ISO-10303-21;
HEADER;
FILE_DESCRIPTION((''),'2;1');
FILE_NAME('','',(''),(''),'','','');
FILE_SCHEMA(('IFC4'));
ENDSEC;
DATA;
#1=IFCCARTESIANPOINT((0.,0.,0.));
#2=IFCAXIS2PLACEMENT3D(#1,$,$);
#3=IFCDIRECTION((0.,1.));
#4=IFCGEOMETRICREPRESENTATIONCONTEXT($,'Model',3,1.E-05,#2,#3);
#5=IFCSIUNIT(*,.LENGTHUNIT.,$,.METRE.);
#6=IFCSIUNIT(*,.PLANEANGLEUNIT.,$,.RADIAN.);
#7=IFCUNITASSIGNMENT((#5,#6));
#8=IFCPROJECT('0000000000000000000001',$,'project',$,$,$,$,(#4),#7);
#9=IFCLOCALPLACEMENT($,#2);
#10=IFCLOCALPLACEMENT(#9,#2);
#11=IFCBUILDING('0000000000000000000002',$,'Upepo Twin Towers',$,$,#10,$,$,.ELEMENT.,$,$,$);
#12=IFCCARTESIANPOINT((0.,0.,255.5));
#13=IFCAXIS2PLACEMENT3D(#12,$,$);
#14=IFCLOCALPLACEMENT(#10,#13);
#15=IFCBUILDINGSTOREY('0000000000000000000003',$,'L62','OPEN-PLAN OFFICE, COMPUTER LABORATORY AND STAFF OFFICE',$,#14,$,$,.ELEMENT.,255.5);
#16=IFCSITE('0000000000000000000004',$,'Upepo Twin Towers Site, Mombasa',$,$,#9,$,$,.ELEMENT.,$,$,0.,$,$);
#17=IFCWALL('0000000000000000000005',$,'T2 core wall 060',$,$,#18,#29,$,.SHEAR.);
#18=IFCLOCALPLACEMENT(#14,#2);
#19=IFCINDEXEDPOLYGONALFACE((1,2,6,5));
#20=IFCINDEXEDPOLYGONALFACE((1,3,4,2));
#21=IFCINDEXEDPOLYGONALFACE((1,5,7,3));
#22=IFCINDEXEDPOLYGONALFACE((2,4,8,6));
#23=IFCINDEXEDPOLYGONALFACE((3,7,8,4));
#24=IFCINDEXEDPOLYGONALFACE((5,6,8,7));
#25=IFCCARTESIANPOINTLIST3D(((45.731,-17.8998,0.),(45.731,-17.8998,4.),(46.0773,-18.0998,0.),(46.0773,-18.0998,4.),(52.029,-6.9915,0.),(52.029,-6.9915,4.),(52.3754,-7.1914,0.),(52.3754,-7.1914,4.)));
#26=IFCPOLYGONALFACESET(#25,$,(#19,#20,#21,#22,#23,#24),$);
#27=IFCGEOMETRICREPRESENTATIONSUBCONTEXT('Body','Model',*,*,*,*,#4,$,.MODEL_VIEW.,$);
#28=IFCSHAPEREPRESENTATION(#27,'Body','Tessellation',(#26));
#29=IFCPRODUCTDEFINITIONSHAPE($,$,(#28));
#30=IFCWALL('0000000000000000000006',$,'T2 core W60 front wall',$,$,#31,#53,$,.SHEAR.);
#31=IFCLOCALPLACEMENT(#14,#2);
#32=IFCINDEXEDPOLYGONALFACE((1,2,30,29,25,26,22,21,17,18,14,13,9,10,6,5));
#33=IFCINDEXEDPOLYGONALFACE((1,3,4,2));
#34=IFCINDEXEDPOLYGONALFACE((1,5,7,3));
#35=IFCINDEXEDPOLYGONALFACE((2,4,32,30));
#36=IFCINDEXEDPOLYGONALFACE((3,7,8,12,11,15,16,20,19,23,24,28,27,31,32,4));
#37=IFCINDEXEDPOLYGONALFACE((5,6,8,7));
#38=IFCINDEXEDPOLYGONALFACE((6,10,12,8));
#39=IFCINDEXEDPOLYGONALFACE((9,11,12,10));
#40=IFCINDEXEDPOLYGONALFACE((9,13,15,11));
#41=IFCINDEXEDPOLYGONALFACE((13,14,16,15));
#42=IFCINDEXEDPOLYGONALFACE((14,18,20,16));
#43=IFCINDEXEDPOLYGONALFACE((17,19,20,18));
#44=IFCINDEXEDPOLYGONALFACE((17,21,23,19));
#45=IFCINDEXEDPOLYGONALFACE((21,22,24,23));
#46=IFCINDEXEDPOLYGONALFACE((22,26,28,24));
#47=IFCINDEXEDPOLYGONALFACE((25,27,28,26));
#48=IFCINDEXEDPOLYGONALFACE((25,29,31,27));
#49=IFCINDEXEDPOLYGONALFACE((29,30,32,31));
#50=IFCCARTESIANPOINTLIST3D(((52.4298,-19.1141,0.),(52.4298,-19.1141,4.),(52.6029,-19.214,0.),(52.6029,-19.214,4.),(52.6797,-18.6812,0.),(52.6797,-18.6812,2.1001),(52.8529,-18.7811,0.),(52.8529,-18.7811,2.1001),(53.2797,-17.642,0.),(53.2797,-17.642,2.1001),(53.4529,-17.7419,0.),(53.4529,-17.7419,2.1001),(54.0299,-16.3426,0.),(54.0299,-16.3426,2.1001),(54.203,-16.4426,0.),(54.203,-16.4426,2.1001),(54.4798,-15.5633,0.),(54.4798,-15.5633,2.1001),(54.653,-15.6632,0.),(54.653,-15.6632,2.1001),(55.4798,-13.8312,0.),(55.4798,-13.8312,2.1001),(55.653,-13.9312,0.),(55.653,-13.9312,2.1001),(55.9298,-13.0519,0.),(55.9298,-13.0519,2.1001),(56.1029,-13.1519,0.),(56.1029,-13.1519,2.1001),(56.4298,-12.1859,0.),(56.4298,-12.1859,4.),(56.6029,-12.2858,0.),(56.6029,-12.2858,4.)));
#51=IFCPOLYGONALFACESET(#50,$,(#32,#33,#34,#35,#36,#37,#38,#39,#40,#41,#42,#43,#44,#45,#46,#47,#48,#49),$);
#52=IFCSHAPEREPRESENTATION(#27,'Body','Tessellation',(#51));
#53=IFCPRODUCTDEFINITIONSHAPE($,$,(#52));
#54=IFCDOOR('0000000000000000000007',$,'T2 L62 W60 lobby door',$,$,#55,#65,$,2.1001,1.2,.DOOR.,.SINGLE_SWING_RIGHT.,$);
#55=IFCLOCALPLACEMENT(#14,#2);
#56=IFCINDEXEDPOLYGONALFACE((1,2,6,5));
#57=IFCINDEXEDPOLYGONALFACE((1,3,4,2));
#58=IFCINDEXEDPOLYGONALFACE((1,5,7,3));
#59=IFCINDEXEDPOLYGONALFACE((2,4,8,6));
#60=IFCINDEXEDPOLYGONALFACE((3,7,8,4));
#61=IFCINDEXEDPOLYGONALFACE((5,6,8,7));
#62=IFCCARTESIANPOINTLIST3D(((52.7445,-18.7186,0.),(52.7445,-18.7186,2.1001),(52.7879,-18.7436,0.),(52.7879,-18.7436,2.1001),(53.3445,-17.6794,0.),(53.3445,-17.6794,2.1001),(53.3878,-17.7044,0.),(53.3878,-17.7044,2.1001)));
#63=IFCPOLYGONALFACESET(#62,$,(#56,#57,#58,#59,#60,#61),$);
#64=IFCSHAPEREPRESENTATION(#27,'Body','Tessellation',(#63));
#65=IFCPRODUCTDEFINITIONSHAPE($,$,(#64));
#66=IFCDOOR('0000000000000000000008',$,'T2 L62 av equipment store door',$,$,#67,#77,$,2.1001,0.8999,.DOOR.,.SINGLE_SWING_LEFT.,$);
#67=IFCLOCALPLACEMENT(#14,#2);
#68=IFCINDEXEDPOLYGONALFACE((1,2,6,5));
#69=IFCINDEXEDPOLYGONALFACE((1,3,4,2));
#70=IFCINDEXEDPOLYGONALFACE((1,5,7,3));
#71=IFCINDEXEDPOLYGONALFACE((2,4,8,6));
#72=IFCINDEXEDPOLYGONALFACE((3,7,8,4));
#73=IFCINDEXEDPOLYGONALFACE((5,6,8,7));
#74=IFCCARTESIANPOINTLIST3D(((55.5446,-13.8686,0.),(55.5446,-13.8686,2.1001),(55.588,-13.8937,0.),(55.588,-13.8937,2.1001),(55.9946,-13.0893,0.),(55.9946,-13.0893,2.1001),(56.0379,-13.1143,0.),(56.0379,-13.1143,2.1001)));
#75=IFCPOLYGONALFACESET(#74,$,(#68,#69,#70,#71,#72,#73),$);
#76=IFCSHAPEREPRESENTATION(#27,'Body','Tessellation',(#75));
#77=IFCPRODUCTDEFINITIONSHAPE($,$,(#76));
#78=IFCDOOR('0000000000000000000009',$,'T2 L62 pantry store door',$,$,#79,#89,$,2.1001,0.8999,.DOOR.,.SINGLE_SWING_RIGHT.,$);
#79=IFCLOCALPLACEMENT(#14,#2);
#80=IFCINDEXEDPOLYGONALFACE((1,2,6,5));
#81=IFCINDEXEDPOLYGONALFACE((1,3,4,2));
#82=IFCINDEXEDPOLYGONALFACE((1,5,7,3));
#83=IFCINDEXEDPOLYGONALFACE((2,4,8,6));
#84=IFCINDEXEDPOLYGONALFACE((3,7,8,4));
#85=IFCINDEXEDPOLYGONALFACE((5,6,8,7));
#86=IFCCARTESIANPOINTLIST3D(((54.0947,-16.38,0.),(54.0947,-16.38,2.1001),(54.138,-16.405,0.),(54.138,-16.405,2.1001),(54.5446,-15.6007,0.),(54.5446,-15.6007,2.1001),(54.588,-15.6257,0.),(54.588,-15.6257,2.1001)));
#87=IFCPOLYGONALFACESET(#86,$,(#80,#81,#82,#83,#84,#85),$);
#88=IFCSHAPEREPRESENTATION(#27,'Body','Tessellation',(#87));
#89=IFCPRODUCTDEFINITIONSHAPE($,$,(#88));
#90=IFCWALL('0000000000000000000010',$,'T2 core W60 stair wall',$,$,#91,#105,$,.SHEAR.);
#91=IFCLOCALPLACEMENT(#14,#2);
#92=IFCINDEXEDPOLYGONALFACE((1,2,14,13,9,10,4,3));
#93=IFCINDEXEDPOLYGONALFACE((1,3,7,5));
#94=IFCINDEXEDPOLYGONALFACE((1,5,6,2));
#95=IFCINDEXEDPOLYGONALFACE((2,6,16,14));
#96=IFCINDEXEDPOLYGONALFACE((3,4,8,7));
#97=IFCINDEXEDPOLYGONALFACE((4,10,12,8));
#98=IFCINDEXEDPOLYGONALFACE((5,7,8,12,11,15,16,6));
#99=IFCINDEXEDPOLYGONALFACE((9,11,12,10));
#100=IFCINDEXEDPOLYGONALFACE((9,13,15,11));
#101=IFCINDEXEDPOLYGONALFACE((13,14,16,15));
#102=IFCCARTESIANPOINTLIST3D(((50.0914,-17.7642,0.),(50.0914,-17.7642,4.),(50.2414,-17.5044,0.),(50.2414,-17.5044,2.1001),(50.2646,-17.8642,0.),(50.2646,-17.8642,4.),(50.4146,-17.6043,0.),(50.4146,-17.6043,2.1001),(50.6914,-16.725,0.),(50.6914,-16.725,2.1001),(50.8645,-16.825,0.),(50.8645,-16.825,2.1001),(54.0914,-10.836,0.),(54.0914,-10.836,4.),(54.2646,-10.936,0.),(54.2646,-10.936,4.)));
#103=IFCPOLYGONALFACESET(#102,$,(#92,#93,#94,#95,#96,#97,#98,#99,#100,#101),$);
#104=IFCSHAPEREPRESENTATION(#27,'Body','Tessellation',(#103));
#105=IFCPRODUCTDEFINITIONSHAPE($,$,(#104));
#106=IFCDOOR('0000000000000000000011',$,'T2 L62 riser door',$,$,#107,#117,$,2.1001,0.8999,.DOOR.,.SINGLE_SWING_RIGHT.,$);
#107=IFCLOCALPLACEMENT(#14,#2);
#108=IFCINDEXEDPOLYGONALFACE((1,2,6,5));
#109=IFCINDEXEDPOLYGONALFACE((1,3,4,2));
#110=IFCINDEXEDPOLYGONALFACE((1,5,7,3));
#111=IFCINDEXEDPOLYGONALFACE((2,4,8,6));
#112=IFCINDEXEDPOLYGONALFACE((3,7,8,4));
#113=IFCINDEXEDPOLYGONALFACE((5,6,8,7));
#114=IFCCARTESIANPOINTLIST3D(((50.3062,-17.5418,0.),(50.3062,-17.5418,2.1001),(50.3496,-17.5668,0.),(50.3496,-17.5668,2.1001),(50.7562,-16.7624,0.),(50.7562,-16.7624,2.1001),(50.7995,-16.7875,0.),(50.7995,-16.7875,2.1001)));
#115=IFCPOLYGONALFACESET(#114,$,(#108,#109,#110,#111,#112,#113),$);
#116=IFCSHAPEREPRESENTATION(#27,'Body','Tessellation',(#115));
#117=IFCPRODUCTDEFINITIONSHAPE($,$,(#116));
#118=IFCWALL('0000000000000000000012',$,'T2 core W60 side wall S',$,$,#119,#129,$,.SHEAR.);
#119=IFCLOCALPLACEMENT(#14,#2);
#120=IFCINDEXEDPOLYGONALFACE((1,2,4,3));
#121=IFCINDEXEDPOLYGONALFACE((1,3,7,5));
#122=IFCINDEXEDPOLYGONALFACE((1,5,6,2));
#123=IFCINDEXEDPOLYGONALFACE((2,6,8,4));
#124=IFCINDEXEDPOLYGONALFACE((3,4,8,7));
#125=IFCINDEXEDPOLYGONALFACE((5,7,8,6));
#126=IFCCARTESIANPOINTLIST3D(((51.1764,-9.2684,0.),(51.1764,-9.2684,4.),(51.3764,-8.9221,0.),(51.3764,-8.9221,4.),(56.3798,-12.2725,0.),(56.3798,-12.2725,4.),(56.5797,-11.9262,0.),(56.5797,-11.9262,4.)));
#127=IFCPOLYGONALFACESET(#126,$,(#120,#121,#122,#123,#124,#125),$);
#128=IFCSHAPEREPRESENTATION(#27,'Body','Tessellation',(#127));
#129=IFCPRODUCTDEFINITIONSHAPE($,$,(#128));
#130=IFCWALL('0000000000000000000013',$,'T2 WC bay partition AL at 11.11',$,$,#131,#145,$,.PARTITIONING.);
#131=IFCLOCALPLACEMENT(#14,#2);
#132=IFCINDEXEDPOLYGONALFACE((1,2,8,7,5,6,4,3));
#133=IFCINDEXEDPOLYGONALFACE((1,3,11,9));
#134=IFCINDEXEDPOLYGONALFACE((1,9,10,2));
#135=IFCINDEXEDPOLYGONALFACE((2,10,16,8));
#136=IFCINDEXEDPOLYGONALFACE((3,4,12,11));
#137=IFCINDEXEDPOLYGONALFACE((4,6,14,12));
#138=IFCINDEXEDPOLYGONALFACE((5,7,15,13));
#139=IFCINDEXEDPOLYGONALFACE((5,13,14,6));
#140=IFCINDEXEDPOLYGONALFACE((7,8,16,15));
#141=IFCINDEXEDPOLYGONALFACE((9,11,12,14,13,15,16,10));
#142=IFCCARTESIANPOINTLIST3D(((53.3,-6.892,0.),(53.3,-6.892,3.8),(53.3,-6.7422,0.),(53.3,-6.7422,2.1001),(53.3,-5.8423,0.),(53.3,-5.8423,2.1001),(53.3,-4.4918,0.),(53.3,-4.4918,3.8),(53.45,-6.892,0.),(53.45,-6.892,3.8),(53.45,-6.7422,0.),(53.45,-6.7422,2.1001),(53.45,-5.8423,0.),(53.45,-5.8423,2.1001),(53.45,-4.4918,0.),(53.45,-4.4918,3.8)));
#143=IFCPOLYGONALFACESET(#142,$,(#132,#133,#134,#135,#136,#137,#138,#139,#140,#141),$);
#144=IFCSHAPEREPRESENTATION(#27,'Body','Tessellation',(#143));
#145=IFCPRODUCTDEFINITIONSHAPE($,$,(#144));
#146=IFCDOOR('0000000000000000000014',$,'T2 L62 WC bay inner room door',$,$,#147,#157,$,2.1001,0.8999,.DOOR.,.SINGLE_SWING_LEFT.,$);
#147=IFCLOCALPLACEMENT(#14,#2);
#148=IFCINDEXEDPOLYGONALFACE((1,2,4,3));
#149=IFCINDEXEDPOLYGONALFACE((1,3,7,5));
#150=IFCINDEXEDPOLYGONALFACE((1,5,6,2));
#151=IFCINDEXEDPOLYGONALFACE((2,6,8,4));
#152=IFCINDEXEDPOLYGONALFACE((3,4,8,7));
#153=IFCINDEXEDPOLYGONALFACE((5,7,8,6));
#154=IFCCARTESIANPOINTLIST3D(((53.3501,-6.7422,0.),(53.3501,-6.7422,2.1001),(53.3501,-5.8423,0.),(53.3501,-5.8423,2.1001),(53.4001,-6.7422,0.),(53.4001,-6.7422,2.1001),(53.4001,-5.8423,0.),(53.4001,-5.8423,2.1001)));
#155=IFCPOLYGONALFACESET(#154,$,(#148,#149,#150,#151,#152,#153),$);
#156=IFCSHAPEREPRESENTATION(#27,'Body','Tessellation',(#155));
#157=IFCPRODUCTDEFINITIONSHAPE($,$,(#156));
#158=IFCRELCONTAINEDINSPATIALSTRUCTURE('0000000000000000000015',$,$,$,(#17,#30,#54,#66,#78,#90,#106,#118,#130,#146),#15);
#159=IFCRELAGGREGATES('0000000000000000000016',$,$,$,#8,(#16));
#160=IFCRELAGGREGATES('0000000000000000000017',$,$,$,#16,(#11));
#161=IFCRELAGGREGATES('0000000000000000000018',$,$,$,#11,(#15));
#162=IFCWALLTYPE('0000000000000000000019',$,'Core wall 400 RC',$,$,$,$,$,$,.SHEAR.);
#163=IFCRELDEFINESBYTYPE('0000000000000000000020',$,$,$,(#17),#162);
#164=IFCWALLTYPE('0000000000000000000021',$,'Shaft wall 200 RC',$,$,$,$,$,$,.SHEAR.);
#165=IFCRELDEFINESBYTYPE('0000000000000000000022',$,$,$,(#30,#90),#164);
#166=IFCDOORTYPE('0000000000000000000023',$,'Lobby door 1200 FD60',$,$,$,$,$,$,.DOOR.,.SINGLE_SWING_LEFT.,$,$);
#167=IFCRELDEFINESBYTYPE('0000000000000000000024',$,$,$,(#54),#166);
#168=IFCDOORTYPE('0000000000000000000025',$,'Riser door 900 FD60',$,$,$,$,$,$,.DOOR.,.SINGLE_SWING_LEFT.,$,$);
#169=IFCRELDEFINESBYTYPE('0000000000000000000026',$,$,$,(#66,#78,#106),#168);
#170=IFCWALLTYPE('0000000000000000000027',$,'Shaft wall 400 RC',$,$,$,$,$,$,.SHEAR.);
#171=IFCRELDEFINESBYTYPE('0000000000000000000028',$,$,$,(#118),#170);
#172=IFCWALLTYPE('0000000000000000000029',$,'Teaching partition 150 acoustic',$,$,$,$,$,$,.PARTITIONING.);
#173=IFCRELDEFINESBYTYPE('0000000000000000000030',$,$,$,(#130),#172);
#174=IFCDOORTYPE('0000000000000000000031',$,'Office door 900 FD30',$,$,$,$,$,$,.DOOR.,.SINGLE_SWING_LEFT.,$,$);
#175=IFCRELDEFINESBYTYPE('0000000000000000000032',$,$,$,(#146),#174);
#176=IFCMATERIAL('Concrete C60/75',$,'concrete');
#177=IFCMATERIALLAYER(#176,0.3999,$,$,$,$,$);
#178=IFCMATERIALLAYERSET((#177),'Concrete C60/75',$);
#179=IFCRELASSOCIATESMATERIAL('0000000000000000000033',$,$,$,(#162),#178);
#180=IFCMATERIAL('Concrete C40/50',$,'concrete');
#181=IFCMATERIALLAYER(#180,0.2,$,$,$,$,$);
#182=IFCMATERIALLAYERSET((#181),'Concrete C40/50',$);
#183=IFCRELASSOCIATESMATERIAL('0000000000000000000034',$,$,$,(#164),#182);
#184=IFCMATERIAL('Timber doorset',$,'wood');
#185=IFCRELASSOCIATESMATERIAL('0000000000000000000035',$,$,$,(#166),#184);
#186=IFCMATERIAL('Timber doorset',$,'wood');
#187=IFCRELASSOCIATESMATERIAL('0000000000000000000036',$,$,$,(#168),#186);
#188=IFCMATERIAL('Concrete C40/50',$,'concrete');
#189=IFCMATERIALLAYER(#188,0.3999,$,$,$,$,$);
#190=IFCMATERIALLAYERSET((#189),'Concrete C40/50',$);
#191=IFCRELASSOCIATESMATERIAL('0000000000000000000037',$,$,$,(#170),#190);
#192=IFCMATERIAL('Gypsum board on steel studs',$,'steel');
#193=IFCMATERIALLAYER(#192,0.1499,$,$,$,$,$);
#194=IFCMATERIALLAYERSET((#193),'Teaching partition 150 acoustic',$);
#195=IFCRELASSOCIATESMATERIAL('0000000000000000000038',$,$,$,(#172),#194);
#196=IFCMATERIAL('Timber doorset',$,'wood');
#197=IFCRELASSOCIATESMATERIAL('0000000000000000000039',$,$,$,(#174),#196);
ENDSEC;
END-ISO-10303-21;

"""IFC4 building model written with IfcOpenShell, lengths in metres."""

from ifc_helpers import new_model, si_unit, direction, frame, frame_2d, origin, place, context, subcontext, project, spatial, rectangle, extrude, material, layer, layer_set, type_object, element, fill, save


model = new_model("IFC4")

# Units and contexts
model_context = context("Model", 3, precision=1e-05, world=origin(), true_north=direction((0.0, 1.0)))
body_context = subcontext(model_context, "Body", "Model", "MODEL_VIEW")
ifc_project = project(units=[si_unit("LENGTHUNIT", "METRE"), si_unit("PLANEANGLEUNIT", "RADIAN")], contexts=[model_context])

# Site, building, storey
site_placement = place(None, origin())
site = spatial("IfcSite", under=ifc_project, at=site_placement, Name="Upepo Twin Towers Site, Mombasa", CompositionType="ELEMENT", RefElevation=0.0)
building_placement = place(site_placement, origin())
building = spatial("IfcBuilding", under=site, at=building_placement, Name="Upepo Twin Towers", CompositionType="ELEMENT")
storey_placement = place(building_placement, frame((0.0, 0.0, 255.5)))
storey = spatial("IfcBuildingStorey", under=building, at=storey_placement, Name="L62", Description="OPEN-PLAN OFFICE, COMPUTER LABORATORY AND STAFF OFFICE", CompositionType="ELEMENT", Elevation=255.5)

# Wall
ifc_material_1 = material(Name="Concrete C60/75", Category="concrete")
ifc_layer_1 = layer(ifc_material_1, 0.3999)
ifc_layer_set_1 = layer_set([ifc_layer_1], Name="Concrete C60/75")
wall_type_1 = type_object("IfcWallType", Name="Core wall 400 RC", PredefinedType="SHEAR", material=ifc_layer_set_1)
wall_1_placement = place(storey_placement, frame((52.2021, -7.0916, 0.0), z_axis=(0.0, 0.0, 1.0), x_axis=(-0.500006, -0.866022, 0.0)))
element("IfcWall", 1, at=wall_1_placement, inside=storey, type_object=wall_type_1, Name="T2 core wall 060", PredefinedType="SHEAR", context=body_context, shape_type="SweptSolid", body=[
    extrude(rectangle(XDim=12.5959, YDim=0.3999, at=frame_2d((6.2979, 0.0))), origin(), (0.0, 0.0, 1.0), 4.0),
])

# Wall, openings, doors
ifc_material_2 = material(Name="Concrete C40/50", Category="concrete")
ifc_layer_2 = layer(ifc_material_2, 0.2)
ifc_layer_set_2 = layer_set([ifc_layer_2], Name="Concrete C40/50")
wall_type_2 = type_object("IfcWallType", Name="Shaft wall 200 RC", PredefinedType="SHEAR", material=ifc_layer_set_2)
wall_2_placement = place(storey_placement, frame((56.5164, -12.2358, 0.0), z_axis=(0.0, 0.0, 1.0), x_axis=(-0.499999, -0.866026, 0.0)))
wall_2 = element("IfcWall", 2, at=wall_2_placement, inside=storey, type_object=wall_type_2, Name="T2 core W60 front wall", PredefinedType="SHEAR", context=body_context, shape_type="SweptSolid", body=[
    extrude(rectangle(XDim=8.0, YDim=0.2, at=frame_2d((4.0, 0.0))), origin(), (0.0, 0.0, 1.0), 4.0),
])
opening_1_placement = place(wall_2_placement, frame((6.3, 0.0, 0.0)))
opening_1 = element("IfcOpeningElement", 3, at=opening_1_placement, cuts=wall_2, PredefinedType="OPENING", context=body_context, shape_type="SweptSolid", body=[
    extrude(rectangle(XDim=1.2, YDim=2.1001, at=frame_2d((0.6001, 1.05))), frame((0.0, 0.1099, 0.0), z_axis=(0.0, -1.0, 0.0), x_axis=(1.0, 0.0, 0.0)), (0.0, 0.0, 1.0), 0.22),
])
opening_2_placement = place(wall_2_placement, frame((1.0, 0.0, 0.0)))
opening_2 = element("IfcOpeningElement", 4, at=opening_2_placement, cuts=wall_2, PredefinedType="OPENING", context=body_context, shape_type="SweptSolid", body=[
    extrude(rectangle(XDim=0.8999, YDim=2.1001, at=frame_2d((0.45, 1.05))), frame((0.0, 0.1099, 0.0), z_axis=(0.0, -1.0, 0.0), x_axis=(1.0, 0.0, 0.0)), (0.0, 0.0, 1.0), 0.22),
])
opening_3_placement = place(wall_2_placement, frame((3.8999, 0.0, 0.0)))
opening_3 = element("IfcOpeningElement", 5, at=opening_3_placement, cuts=wall_2, PredefinedType="OPENING", context=body_context, shape_type="SweptSolid", body=[
    extrude(rectangle(XDim=0.8999, YDim=2.1001, at=frame_2d((0.45, 1.05))), frame((0.0, 0.1099, 0.0), z_axis=(0.0, -1.0, 0.0), x_axis=(1.0, 0.0, 0.0)), (0.0, 0.0, 1.0), 0.22),
])
ifc_material_3 = material(Name="Timber doorset", Category="wood")
door_type_1 = type_object("IfcDoorType", Name="Lobby door 1200 FD60", OperationType="SINGLE_SWING_LEFT", PredefinedType="DOOR", material=ifc_material_3)
door_1_placement = place(opening_1_placement, origin())
door_1 = element("IfcDoor", 6, at=door_1_placement, inside=storey, type_object=door_type_1, Name="T2 L62 W60 lobby door", OperationType="SINGLE_SWING_RIGHT", OverallHeight=2.1001, OverallWidth=1.2, PredefinedType="DOOR", context=body_context, shape_type="SweptSolid", body=[
    extrude(rectangle(XDim=1.2, YDim=2.1001, at=frame_2d((0.6001, 1.05))), frame((0.0, 0.0249, 0.0), z_axis=(0.0, -1.0, 0.0), x_axis=(1.0, 0.0, 0.0)), (0.0, 0.0, 1.0), 0.05),
])
fill(opening_1, door_1)
ifc_material_4 = material(Name="Timber doorset", Category="wood")
door_type_2 = type_object("IfcDoorType", Name="Riser door 900 FD60", OperationType="SINGLE_SWING_LEFT", PredefinedType="DOOR", material=ifc_material_4)
door_2_placement = place(opening_2_placement, origin())
door_2 = element("IfcDoor", 7, at=door_2_placement, inside=storey, type_object=door_type_2, Name="T2 L62 av equipment store door", OperationType="SINGLE_SWING_LEFT", OverallHeight=2.1001, OverallWidth=0.8999, PredefinedType="DOOR", context=body_context, shape_type="SweptSolid", body=[
    extrude(rectangle(XDim=0.8999, YDim=2.1001, at=frame_2d((0.45, 1.05))), frame((0.0, 0.0249, 0.0), z_axis=(0.0, -1.0, 0.0), x_axis=(1.0, 0.0, 0.0)), (0.0, 0.0, 1.0), 0.05),
])
fill(opening_2, door_2)
door_3_placement = place(opening_3_placement, origin())
door_3 = element("IfcDoor", 8, at=door_3_placement, inside=storey, type_object=door_type_2, Name="T2 L62 pantry store door", OperationType="SINGLE_SWING_RIGHT", OverallHeight=2.1001, OverallWidth=0.8999, PredefinedType="DOOR", context=body_context, shape_type="SweptSolid", body=[
    extrude(rectangle(XDim=0.8999, YDim=2.1001, at=frame_2d((0.45, 1.05))), frame((0.0, 0.0249, 0.0), z_axis=(0.0, -1.0, 0.0), x_axis=(1.0, 0.0, 0.0)), (0.0, 0.0, 1.0), 0.05),
])
fill(opening_3, door_3)

# Wall, opening, door
wall_3_placement = place(storey_placement, frame((54.178, -10.886, 0.0), z_axis=(0.0, 0.0, 1.0), x_axis=(-0.499999, -0.866026, 0.0)))
wall_3 = element("IfcWall", 9, at=wall_3_placement, inside=storey, type_object=wall_type_2, Name="T2 core W60 stair wall", PredefinedType="SHEAR", context=body_context, shape_type="SweptSolid", body=[
    extrude(rectangle(XDim=8.0, YDim=0.2, at=frame_2d((4.0, 0.0))), origin(), (0.0, 0.0, 1.0), 4.0),
])
opening_4_placement = place(wall_3_placement, frame((6.8, 0.0, 0.0)))
opening_4 = element("IfcOpeningElement", 10, at=opening_4_placement, cuts=wall_3, PredefinedType="OPENING", context=body_context, shape_type="SweptSolid", body=[
    extrude(rectangle(XDim=0.8999, YDim=2.1001, at=frame_2d((0.45, 1.05))), frame((0.0, 0.1099, 0.0), z_axis=(0.0, -1.0, 0.0), x_axis=(1.0, 0.0, 0.0)), (0.0, 0.0, 1.0), 0.22),
])
door_4_placement = place(opening_4_placement, origin())
door_4 = element("IfcDoor", 11, at=door_4_placement, inside=storey, type_object=door_type_2, Name="T2 L62 riser door", OperationType="SINGLE_SWING_RIGHT", OverallHeight=2.1001, OverallWidth=0.8999, PredefinedType="DOOR", context=body_context, shape_type="SweptSolid", body=[
    extrude(rectangle(XDim=0.8999, YDim=2.1001, at=frame_2d((0.45, 1.05))), frame((0.0, 0.0249, 0.0), z_axis=(0.0, -1.0, 0.0), x_axis=(1.0, 0.0, 0.0)), (0.0, 0.0, 1.0), 0.05),
])
fill(opening_4, door_4)

# Wall
ifc_material_5 = material(Name="Concrete C40/50", Category="concrete")
ifc_layer_3 = layer(ifc_material_5, 0.3999)
ifc_layer_set_3 = layer_set([ifc_layer_3], Name="Concrete C40/50")
wall_type_3 = type_object("IfcWallType", Name="Shaft wall 400 RC", PredefinedType="SHEAR", material=ifc_layer_set_3)
wall_4_placement = place(storey_placement, frame((56.4797, -12.0994, 0.0), z_axis=(0.0, 0.0, 1.0), x_axis=(-0.866027, 0.499998, 0.0)))
element("IfcWall", 12, at=wall_4_placement, inside=storey, type_object=wall_type_3, Name="T2 core W60 side wall S", PredefinedType="SHEAR", context=body_context, shape_type="SweptSolid", body=[
    extrude(rectangle(XDim=6.0083, YDim=0.3999, at=frame_2d((3.0042, 0.0))), origin(), (0.0, 0.0, 1.0), 4.0),
])

# Wall, opening, door
ifc_material_6 = material(Name="Gypsum board on steel studs", Category="steel")
ifc_layer_4 = layer(ifc_material_6, 0.1499)
ifc_layer_set_4 = layer_set([ifc_layer_4], Name="Teaching partition 150 acoustic")
wall_type_4 = type_object("IfcWallType", Name="Teaching partition 150 acoustic", PredefinedType="PARTITIONING", material=ifc_layer_set_4)
wall_5_placement = place(storey_placement, frame((53.375, -6.8921, 0.0), z_axis=(0.0, 0.0, 1.0), x_axis=(0.0, 1.0, 0.0)))
wall_5 = element("IfcWall", 13, at=wall_5_placement, inside=storey, type_object=wall_type_4, Name="T2 WC bay partition AL at 11.11", PredefinedType="PARTITIONING", context=body_context, shape_type="SweptSolid", body=[
    extrude(rectangle(XDim=2.4001, YDim=0.1499, at=frame_2d((1.2002, 0.0))), origin(), (0.0, 0.0, 1.0), 3.8),
])
opening_5_placement = place(wall_5_placement, frame((0.1499, 0.0, 0.0)))
opening_5 = element("IfcOpeningElement", 14, at=opening_5_placement, cuts=wall_5, PredefinedType="OPENING", context=body_context, shape_type="SweptSolid", body=[
    extrude(rectangle(XDim=0.8999, YDim=2.1001, at=frame_2d((0.45, 1.05))), frame((0.0, 0.085, 0.0), z_axis=(0.0, -1.0, 0.0), x_axis=(1.0, 0.0, 0.0)), (0.0, 0.0, 1.0), 0.1699),
])
ifc_material_7 = material(Name="Timber doorset", Category="wood")
door_type_3 = type_object("IfcDoorType", Name="Office door 900 FD30", OperationType="SINGLE_SWING_LEFT", PredefinedType="DOOR", material=ifc_material_7)
door_5_placement = place(opening_5_placement, origin())
door_5 = element("IfcDoor", 15, at=door_5_placement, inside=storey, type_object=door_type_3, Name="T2 L62 WC bay inner room door", OperationType="SINGLE_SWING_LEFT", OverallHeight=2.1001, OverallWidth=0.8999, PredefinedType="DOOR", context=body_context, shape_type="SweptSolid", body=[
    extrude(rectangle(XDim=0.8999, YDim=2.1001, at=frame_2d((0.45, 1.05))), frame((0.0, 0.0249, 0.0), z_axis=(0.0, -1.0, 0.0), x_axis=(1.0, 0.0, 0.0)), (0.0, 0.0, 1.0), 0.05),
])
fill(opening_5, door_5)

save(model, "model.ifc")
